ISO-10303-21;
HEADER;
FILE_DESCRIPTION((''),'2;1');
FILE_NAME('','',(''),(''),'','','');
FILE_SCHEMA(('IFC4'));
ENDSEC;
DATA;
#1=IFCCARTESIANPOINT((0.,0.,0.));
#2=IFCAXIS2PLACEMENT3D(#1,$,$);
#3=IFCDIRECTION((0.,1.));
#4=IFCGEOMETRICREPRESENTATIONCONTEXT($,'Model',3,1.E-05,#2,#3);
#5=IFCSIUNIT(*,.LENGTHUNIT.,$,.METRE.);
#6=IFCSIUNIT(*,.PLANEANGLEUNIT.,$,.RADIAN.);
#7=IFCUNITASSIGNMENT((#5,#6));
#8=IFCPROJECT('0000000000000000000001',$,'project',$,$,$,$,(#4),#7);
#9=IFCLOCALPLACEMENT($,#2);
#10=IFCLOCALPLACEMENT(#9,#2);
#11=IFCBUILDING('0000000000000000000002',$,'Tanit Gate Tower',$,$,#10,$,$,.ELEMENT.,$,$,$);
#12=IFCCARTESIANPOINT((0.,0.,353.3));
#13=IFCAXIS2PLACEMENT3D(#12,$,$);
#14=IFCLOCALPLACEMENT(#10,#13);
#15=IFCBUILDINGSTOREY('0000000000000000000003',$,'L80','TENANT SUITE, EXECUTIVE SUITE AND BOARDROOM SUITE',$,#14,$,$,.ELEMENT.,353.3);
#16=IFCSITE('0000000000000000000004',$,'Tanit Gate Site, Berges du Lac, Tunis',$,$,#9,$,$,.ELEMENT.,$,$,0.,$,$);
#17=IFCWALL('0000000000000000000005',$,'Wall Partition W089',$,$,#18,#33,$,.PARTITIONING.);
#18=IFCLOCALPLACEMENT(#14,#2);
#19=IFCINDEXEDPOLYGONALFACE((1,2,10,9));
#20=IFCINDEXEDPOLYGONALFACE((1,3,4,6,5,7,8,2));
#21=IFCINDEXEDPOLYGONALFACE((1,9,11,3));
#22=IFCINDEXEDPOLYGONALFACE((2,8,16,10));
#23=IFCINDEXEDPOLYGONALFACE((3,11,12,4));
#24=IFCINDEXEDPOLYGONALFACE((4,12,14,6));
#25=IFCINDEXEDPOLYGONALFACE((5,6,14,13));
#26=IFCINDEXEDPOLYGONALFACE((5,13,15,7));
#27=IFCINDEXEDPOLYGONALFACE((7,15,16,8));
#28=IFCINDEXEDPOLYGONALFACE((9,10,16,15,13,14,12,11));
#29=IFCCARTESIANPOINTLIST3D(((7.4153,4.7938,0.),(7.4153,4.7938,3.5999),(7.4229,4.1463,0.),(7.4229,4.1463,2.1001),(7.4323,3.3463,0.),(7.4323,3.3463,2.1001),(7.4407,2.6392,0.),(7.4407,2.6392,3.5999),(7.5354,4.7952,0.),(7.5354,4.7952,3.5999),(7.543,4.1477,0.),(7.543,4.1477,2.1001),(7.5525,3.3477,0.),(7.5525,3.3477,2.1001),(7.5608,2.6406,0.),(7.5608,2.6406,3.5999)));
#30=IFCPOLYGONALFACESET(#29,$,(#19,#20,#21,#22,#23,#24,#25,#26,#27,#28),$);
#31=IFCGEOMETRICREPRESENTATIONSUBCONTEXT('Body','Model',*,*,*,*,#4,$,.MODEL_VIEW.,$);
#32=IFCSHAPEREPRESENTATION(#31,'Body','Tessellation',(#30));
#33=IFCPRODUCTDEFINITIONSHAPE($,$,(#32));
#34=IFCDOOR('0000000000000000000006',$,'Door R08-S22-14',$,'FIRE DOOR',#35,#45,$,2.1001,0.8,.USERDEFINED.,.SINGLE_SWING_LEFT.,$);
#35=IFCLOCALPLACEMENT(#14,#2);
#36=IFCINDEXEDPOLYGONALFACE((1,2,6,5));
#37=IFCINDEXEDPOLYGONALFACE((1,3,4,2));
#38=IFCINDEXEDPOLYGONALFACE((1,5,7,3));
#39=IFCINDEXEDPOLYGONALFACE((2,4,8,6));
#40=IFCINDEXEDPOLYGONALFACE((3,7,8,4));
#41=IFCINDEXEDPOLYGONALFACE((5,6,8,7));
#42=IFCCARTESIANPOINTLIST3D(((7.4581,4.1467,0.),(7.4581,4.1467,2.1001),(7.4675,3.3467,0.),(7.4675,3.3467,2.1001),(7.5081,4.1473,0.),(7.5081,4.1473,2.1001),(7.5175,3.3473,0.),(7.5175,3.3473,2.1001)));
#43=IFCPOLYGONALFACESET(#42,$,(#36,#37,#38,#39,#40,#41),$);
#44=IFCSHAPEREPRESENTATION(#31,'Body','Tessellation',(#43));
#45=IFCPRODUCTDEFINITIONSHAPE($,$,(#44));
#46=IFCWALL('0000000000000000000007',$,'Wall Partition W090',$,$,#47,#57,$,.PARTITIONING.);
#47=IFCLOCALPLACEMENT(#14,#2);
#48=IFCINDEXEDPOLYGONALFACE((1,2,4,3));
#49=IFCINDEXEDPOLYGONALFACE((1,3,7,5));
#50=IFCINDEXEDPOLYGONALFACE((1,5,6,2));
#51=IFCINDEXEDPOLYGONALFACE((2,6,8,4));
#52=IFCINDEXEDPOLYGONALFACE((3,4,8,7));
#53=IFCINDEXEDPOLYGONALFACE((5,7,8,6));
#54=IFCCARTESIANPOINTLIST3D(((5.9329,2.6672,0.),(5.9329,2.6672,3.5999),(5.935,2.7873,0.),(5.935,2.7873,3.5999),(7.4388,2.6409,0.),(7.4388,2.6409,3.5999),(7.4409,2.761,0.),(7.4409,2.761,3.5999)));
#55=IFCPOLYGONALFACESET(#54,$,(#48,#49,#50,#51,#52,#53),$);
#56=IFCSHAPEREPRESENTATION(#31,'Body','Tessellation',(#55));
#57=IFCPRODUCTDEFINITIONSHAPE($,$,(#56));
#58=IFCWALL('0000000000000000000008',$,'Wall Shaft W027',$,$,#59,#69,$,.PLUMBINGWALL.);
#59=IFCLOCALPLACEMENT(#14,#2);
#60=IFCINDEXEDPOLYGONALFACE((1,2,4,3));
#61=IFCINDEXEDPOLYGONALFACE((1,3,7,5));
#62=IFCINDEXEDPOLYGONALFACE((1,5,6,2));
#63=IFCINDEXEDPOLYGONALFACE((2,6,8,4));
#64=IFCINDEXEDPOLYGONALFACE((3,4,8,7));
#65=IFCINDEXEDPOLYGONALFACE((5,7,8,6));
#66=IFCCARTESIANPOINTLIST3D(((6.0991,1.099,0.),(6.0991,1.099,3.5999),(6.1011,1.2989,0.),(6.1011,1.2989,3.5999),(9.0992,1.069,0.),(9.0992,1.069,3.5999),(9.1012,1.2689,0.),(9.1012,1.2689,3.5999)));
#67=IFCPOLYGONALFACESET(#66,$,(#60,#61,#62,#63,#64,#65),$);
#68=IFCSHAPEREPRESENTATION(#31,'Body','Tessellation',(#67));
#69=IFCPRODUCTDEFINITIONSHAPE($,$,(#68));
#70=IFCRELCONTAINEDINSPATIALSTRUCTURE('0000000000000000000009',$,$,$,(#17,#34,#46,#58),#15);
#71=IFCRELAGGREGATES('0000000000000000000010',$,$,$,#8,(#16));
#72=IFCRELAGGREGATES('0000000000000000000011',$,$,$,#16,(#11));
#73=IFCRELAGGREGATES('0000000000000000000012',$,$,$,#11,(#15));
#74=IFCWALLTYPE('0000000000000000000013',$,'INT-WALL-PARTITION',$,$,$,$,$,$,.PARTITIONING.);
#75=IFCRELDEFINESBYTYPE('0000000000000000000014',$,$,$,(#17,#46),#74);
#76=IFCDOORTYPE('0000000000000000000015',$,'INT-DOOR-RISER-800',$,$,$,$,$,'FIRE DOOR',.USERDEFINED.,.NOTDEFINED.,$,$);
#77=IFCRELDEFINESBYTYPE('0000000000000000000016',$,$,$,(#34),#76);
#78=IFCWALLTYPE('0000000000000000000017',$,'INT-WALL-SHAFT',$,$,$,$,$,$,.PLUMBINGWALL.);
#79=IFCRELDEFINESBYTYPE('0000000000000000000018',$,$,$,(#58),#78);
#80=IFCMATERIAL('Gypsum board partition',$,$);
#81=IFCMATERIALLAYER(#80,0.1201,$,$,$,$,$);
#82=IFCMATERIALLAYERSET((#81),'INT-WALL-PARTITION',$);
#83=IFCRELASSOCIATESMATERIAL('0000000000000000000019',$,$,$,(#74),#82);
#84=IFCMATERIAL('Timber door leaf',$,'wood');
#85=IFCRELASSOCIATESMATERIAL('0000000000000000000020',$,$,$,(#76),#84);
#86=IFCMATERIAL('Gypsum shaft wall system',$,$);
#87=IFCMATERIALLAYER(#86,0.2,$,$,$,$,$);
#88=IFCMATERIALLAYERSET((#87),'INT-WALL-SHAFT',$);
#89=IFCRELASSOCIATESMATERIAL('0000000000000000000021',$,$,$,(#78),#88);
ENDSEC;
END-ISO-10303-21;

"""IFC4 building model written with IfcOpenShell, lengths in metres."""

from ifc_helpers import new_model, si_unit, direction, frame, frame_2d, origin, place, context, subcontext, project, spatial, rectangle, extrude, material, layer, layer_set, type_object, element, fill, save


model = new_model("IFC4")

# Units and contexts
model_context = context("Model", 3, precision=1e-05, world=origin(), true_north=direction((0.0, 1.0)))
body_context = subcontext(model_context, "Body", "Model", "MODEL_VIEW")
ifc_project = project(units=[si_unit("LENGTHUNIT", "METRE"), si_unit("PLANEANGLEUNIT", "RADIAN")], contexts=[model_context])

# Site, building, storey
site_placement = place(None, origin())
site = spatial("IfcSite", under=ifc_project, at=site_placement, Name="Tanit Gate Site, Berges du Lac, Tunis", CompositionType="ELEMENT", RefElevation=0.0)
building_placement = place(site_placement, origin())
building = spatial("IfcBuilding", under=site, at=building_placement, Name="Tanit Gate Tower", CompositionType="ELEMENT")
storey_placement = place(building_placement, frame((0.0, 0.0, 353.3)))
storey = spatial("IfcBuildingStorey", under=building, at=storey_placement, Name="L80", Description="TENANT SUITE, EXECUTIVE SUITE AND BOARDROOM SUITE", CompositionType="ELEMENT", Elevation=353.3)

# Shared definitions
ifc_material_1 = material(Name="Gypsum board partition")
ifc_layer_1 = layer(ifc_material_1, 0.1201)
ifc_layer_set_1 = layer_set([ifc_layer_1], Name="INT-WALL-PARTITION")
wall_type_1 = type_object("IfcWallType", Name="INT-WALL-PARTITION", PredefinedType="PARTITIONING", material=ifc_layer_set_1)

# Wall, opening, door
ifc_material_2 = material(Name="Timber door leaf", Category="wood")
door_type_1 = type_object("IfcDoorType", Name="INT-DOOR-RISER-800", ElementType="FIRE DOOR", OperationType="NOTDEFINED", PredefinedType="USERDEFINED", material=ifc_material_2)
wall_1_placement = place(storey_placement, frame((7.5007, 2.6399, 0.0), z_axis=(0.0, 0.0, 1.0), x_axis=(-0.011784, 0.999931, 0.0)))
wall_1 = element("IfcWall", 1, at=wall_1_placement, inside=storey, type_object=wall_type_1, Name="Wall Partition W089", PredefinedType="PARTITIONING", context=body_context, shape_type="SweptSolid", body=[
    extrude(rectangle(XDim=2.1548, YDim=0.1201, at=frame_2d((1.0774, 0.0))), origin(), (0.0, 0.0, 1.0), 3.5999),
])
opening_1_placement = place(wall_1_placement, frame((0.7073, 0.0, 0.0)))
opening_1 = element("IfcOpeningElement", 2, at=opening_1_placement, cuts=wall_1, PredefinedType="OPENING", context=body_context, shape_type="SweptSolid", body=[
    extrude(rectangle(XDim=0.8, YDim=2.1001, at=frame_2d((0.3999, 1.05))), frame((0.0, 0.0701, 0.0), z_axis=(0.0, -1.0, 0.0), x_axis=(1.0, 0.0, 0.0)), (0.0, 0.0, 1.0), 0.1401),
])
door_1_placement = place(opening_1_placement, origin())
door_1 = element("IfcDoor", 3, at=door_1_placement, inside=storey, type_object=door_type_1, Name="Door R08-S22-14", ObjectType="FIRE DOOR", OperationType="SINGLE_SWING_LEFT", OverallHeight=2.1001, OverallWidth=0.8, PredefinedType="USERDEFINED", context=body_context, shape_type="SweptSolid", body=[
    extrude(rectangle(XDim=0.8, YDim=2.1001, at=frame_2d((0.3999, 1.05))), frame((0.0, 0.0249, 0.0), z_axis=(0.0, -1.0, 0.0), x_axis=(1.0, 0.0, 0.0)), (0.0, 0.0, 1.0), 0.05),
])
fill(opening_1, door_1)

# Wall
wall_2_placement = place(storey_placement, frame((5.9341, 2.7273, 0.0), z_axis=(0.0, 0.0, 1.0), x_axis=(0.999847, -0.017507, 0.0)))
element("IfcWall", 4, at=wall_2_placement, inside=storey, type_object=wall_type_1, Name="Wall Partition W090", PredefinedType="PARTITIONING", context=body_context, shape_type="SweptSolid", body=[
    extrude(rectangle(XDim=1.5061, YDim=0.1201, at=frame_2d((0.7529, 0.0))), origin(), (0.0, 0.0, 1.0), 3.5999),
])

# Shared definitions
ifc_material_3 = material(Name="Gypsum shaft wall system")
ifc_layer_2 = layer(ifc_material_3, 0.2)
ifc_layer_set_2 = layer_set([ifc_layer_2], Name="INT-WALL-SHAFT")
wall_type_2 = type_object("IfcWallType", Name="INT-WALL-SHAFT", PredefinedType="PLUMBINGWALL", material=ifc_layer_set_2)

# Wall
wall_3_placement = place(storey_placement, frame((9.1001, 1.1689, 0.0), z_axis=(0.0, 0.0, 1.0), x_axis=(-0.99995, 0.010009, 0.0)))
element("IfcWall", 5, at=wall_3_placement, inside=storey, type_object=wall_type_2, Name="Wall Shaft W027", PredefinedType="PLUMBINGWALL", context=body_context, shape_type="SweptSolid", body=[
    extrude(rectangle(XDim=3.0002, YDim=0.2, at=frame_2d((1.5, 0.0))), origin(), (0.0, 0.0, 1.0), 3.5999),
])

save(model, "model.ifc")
